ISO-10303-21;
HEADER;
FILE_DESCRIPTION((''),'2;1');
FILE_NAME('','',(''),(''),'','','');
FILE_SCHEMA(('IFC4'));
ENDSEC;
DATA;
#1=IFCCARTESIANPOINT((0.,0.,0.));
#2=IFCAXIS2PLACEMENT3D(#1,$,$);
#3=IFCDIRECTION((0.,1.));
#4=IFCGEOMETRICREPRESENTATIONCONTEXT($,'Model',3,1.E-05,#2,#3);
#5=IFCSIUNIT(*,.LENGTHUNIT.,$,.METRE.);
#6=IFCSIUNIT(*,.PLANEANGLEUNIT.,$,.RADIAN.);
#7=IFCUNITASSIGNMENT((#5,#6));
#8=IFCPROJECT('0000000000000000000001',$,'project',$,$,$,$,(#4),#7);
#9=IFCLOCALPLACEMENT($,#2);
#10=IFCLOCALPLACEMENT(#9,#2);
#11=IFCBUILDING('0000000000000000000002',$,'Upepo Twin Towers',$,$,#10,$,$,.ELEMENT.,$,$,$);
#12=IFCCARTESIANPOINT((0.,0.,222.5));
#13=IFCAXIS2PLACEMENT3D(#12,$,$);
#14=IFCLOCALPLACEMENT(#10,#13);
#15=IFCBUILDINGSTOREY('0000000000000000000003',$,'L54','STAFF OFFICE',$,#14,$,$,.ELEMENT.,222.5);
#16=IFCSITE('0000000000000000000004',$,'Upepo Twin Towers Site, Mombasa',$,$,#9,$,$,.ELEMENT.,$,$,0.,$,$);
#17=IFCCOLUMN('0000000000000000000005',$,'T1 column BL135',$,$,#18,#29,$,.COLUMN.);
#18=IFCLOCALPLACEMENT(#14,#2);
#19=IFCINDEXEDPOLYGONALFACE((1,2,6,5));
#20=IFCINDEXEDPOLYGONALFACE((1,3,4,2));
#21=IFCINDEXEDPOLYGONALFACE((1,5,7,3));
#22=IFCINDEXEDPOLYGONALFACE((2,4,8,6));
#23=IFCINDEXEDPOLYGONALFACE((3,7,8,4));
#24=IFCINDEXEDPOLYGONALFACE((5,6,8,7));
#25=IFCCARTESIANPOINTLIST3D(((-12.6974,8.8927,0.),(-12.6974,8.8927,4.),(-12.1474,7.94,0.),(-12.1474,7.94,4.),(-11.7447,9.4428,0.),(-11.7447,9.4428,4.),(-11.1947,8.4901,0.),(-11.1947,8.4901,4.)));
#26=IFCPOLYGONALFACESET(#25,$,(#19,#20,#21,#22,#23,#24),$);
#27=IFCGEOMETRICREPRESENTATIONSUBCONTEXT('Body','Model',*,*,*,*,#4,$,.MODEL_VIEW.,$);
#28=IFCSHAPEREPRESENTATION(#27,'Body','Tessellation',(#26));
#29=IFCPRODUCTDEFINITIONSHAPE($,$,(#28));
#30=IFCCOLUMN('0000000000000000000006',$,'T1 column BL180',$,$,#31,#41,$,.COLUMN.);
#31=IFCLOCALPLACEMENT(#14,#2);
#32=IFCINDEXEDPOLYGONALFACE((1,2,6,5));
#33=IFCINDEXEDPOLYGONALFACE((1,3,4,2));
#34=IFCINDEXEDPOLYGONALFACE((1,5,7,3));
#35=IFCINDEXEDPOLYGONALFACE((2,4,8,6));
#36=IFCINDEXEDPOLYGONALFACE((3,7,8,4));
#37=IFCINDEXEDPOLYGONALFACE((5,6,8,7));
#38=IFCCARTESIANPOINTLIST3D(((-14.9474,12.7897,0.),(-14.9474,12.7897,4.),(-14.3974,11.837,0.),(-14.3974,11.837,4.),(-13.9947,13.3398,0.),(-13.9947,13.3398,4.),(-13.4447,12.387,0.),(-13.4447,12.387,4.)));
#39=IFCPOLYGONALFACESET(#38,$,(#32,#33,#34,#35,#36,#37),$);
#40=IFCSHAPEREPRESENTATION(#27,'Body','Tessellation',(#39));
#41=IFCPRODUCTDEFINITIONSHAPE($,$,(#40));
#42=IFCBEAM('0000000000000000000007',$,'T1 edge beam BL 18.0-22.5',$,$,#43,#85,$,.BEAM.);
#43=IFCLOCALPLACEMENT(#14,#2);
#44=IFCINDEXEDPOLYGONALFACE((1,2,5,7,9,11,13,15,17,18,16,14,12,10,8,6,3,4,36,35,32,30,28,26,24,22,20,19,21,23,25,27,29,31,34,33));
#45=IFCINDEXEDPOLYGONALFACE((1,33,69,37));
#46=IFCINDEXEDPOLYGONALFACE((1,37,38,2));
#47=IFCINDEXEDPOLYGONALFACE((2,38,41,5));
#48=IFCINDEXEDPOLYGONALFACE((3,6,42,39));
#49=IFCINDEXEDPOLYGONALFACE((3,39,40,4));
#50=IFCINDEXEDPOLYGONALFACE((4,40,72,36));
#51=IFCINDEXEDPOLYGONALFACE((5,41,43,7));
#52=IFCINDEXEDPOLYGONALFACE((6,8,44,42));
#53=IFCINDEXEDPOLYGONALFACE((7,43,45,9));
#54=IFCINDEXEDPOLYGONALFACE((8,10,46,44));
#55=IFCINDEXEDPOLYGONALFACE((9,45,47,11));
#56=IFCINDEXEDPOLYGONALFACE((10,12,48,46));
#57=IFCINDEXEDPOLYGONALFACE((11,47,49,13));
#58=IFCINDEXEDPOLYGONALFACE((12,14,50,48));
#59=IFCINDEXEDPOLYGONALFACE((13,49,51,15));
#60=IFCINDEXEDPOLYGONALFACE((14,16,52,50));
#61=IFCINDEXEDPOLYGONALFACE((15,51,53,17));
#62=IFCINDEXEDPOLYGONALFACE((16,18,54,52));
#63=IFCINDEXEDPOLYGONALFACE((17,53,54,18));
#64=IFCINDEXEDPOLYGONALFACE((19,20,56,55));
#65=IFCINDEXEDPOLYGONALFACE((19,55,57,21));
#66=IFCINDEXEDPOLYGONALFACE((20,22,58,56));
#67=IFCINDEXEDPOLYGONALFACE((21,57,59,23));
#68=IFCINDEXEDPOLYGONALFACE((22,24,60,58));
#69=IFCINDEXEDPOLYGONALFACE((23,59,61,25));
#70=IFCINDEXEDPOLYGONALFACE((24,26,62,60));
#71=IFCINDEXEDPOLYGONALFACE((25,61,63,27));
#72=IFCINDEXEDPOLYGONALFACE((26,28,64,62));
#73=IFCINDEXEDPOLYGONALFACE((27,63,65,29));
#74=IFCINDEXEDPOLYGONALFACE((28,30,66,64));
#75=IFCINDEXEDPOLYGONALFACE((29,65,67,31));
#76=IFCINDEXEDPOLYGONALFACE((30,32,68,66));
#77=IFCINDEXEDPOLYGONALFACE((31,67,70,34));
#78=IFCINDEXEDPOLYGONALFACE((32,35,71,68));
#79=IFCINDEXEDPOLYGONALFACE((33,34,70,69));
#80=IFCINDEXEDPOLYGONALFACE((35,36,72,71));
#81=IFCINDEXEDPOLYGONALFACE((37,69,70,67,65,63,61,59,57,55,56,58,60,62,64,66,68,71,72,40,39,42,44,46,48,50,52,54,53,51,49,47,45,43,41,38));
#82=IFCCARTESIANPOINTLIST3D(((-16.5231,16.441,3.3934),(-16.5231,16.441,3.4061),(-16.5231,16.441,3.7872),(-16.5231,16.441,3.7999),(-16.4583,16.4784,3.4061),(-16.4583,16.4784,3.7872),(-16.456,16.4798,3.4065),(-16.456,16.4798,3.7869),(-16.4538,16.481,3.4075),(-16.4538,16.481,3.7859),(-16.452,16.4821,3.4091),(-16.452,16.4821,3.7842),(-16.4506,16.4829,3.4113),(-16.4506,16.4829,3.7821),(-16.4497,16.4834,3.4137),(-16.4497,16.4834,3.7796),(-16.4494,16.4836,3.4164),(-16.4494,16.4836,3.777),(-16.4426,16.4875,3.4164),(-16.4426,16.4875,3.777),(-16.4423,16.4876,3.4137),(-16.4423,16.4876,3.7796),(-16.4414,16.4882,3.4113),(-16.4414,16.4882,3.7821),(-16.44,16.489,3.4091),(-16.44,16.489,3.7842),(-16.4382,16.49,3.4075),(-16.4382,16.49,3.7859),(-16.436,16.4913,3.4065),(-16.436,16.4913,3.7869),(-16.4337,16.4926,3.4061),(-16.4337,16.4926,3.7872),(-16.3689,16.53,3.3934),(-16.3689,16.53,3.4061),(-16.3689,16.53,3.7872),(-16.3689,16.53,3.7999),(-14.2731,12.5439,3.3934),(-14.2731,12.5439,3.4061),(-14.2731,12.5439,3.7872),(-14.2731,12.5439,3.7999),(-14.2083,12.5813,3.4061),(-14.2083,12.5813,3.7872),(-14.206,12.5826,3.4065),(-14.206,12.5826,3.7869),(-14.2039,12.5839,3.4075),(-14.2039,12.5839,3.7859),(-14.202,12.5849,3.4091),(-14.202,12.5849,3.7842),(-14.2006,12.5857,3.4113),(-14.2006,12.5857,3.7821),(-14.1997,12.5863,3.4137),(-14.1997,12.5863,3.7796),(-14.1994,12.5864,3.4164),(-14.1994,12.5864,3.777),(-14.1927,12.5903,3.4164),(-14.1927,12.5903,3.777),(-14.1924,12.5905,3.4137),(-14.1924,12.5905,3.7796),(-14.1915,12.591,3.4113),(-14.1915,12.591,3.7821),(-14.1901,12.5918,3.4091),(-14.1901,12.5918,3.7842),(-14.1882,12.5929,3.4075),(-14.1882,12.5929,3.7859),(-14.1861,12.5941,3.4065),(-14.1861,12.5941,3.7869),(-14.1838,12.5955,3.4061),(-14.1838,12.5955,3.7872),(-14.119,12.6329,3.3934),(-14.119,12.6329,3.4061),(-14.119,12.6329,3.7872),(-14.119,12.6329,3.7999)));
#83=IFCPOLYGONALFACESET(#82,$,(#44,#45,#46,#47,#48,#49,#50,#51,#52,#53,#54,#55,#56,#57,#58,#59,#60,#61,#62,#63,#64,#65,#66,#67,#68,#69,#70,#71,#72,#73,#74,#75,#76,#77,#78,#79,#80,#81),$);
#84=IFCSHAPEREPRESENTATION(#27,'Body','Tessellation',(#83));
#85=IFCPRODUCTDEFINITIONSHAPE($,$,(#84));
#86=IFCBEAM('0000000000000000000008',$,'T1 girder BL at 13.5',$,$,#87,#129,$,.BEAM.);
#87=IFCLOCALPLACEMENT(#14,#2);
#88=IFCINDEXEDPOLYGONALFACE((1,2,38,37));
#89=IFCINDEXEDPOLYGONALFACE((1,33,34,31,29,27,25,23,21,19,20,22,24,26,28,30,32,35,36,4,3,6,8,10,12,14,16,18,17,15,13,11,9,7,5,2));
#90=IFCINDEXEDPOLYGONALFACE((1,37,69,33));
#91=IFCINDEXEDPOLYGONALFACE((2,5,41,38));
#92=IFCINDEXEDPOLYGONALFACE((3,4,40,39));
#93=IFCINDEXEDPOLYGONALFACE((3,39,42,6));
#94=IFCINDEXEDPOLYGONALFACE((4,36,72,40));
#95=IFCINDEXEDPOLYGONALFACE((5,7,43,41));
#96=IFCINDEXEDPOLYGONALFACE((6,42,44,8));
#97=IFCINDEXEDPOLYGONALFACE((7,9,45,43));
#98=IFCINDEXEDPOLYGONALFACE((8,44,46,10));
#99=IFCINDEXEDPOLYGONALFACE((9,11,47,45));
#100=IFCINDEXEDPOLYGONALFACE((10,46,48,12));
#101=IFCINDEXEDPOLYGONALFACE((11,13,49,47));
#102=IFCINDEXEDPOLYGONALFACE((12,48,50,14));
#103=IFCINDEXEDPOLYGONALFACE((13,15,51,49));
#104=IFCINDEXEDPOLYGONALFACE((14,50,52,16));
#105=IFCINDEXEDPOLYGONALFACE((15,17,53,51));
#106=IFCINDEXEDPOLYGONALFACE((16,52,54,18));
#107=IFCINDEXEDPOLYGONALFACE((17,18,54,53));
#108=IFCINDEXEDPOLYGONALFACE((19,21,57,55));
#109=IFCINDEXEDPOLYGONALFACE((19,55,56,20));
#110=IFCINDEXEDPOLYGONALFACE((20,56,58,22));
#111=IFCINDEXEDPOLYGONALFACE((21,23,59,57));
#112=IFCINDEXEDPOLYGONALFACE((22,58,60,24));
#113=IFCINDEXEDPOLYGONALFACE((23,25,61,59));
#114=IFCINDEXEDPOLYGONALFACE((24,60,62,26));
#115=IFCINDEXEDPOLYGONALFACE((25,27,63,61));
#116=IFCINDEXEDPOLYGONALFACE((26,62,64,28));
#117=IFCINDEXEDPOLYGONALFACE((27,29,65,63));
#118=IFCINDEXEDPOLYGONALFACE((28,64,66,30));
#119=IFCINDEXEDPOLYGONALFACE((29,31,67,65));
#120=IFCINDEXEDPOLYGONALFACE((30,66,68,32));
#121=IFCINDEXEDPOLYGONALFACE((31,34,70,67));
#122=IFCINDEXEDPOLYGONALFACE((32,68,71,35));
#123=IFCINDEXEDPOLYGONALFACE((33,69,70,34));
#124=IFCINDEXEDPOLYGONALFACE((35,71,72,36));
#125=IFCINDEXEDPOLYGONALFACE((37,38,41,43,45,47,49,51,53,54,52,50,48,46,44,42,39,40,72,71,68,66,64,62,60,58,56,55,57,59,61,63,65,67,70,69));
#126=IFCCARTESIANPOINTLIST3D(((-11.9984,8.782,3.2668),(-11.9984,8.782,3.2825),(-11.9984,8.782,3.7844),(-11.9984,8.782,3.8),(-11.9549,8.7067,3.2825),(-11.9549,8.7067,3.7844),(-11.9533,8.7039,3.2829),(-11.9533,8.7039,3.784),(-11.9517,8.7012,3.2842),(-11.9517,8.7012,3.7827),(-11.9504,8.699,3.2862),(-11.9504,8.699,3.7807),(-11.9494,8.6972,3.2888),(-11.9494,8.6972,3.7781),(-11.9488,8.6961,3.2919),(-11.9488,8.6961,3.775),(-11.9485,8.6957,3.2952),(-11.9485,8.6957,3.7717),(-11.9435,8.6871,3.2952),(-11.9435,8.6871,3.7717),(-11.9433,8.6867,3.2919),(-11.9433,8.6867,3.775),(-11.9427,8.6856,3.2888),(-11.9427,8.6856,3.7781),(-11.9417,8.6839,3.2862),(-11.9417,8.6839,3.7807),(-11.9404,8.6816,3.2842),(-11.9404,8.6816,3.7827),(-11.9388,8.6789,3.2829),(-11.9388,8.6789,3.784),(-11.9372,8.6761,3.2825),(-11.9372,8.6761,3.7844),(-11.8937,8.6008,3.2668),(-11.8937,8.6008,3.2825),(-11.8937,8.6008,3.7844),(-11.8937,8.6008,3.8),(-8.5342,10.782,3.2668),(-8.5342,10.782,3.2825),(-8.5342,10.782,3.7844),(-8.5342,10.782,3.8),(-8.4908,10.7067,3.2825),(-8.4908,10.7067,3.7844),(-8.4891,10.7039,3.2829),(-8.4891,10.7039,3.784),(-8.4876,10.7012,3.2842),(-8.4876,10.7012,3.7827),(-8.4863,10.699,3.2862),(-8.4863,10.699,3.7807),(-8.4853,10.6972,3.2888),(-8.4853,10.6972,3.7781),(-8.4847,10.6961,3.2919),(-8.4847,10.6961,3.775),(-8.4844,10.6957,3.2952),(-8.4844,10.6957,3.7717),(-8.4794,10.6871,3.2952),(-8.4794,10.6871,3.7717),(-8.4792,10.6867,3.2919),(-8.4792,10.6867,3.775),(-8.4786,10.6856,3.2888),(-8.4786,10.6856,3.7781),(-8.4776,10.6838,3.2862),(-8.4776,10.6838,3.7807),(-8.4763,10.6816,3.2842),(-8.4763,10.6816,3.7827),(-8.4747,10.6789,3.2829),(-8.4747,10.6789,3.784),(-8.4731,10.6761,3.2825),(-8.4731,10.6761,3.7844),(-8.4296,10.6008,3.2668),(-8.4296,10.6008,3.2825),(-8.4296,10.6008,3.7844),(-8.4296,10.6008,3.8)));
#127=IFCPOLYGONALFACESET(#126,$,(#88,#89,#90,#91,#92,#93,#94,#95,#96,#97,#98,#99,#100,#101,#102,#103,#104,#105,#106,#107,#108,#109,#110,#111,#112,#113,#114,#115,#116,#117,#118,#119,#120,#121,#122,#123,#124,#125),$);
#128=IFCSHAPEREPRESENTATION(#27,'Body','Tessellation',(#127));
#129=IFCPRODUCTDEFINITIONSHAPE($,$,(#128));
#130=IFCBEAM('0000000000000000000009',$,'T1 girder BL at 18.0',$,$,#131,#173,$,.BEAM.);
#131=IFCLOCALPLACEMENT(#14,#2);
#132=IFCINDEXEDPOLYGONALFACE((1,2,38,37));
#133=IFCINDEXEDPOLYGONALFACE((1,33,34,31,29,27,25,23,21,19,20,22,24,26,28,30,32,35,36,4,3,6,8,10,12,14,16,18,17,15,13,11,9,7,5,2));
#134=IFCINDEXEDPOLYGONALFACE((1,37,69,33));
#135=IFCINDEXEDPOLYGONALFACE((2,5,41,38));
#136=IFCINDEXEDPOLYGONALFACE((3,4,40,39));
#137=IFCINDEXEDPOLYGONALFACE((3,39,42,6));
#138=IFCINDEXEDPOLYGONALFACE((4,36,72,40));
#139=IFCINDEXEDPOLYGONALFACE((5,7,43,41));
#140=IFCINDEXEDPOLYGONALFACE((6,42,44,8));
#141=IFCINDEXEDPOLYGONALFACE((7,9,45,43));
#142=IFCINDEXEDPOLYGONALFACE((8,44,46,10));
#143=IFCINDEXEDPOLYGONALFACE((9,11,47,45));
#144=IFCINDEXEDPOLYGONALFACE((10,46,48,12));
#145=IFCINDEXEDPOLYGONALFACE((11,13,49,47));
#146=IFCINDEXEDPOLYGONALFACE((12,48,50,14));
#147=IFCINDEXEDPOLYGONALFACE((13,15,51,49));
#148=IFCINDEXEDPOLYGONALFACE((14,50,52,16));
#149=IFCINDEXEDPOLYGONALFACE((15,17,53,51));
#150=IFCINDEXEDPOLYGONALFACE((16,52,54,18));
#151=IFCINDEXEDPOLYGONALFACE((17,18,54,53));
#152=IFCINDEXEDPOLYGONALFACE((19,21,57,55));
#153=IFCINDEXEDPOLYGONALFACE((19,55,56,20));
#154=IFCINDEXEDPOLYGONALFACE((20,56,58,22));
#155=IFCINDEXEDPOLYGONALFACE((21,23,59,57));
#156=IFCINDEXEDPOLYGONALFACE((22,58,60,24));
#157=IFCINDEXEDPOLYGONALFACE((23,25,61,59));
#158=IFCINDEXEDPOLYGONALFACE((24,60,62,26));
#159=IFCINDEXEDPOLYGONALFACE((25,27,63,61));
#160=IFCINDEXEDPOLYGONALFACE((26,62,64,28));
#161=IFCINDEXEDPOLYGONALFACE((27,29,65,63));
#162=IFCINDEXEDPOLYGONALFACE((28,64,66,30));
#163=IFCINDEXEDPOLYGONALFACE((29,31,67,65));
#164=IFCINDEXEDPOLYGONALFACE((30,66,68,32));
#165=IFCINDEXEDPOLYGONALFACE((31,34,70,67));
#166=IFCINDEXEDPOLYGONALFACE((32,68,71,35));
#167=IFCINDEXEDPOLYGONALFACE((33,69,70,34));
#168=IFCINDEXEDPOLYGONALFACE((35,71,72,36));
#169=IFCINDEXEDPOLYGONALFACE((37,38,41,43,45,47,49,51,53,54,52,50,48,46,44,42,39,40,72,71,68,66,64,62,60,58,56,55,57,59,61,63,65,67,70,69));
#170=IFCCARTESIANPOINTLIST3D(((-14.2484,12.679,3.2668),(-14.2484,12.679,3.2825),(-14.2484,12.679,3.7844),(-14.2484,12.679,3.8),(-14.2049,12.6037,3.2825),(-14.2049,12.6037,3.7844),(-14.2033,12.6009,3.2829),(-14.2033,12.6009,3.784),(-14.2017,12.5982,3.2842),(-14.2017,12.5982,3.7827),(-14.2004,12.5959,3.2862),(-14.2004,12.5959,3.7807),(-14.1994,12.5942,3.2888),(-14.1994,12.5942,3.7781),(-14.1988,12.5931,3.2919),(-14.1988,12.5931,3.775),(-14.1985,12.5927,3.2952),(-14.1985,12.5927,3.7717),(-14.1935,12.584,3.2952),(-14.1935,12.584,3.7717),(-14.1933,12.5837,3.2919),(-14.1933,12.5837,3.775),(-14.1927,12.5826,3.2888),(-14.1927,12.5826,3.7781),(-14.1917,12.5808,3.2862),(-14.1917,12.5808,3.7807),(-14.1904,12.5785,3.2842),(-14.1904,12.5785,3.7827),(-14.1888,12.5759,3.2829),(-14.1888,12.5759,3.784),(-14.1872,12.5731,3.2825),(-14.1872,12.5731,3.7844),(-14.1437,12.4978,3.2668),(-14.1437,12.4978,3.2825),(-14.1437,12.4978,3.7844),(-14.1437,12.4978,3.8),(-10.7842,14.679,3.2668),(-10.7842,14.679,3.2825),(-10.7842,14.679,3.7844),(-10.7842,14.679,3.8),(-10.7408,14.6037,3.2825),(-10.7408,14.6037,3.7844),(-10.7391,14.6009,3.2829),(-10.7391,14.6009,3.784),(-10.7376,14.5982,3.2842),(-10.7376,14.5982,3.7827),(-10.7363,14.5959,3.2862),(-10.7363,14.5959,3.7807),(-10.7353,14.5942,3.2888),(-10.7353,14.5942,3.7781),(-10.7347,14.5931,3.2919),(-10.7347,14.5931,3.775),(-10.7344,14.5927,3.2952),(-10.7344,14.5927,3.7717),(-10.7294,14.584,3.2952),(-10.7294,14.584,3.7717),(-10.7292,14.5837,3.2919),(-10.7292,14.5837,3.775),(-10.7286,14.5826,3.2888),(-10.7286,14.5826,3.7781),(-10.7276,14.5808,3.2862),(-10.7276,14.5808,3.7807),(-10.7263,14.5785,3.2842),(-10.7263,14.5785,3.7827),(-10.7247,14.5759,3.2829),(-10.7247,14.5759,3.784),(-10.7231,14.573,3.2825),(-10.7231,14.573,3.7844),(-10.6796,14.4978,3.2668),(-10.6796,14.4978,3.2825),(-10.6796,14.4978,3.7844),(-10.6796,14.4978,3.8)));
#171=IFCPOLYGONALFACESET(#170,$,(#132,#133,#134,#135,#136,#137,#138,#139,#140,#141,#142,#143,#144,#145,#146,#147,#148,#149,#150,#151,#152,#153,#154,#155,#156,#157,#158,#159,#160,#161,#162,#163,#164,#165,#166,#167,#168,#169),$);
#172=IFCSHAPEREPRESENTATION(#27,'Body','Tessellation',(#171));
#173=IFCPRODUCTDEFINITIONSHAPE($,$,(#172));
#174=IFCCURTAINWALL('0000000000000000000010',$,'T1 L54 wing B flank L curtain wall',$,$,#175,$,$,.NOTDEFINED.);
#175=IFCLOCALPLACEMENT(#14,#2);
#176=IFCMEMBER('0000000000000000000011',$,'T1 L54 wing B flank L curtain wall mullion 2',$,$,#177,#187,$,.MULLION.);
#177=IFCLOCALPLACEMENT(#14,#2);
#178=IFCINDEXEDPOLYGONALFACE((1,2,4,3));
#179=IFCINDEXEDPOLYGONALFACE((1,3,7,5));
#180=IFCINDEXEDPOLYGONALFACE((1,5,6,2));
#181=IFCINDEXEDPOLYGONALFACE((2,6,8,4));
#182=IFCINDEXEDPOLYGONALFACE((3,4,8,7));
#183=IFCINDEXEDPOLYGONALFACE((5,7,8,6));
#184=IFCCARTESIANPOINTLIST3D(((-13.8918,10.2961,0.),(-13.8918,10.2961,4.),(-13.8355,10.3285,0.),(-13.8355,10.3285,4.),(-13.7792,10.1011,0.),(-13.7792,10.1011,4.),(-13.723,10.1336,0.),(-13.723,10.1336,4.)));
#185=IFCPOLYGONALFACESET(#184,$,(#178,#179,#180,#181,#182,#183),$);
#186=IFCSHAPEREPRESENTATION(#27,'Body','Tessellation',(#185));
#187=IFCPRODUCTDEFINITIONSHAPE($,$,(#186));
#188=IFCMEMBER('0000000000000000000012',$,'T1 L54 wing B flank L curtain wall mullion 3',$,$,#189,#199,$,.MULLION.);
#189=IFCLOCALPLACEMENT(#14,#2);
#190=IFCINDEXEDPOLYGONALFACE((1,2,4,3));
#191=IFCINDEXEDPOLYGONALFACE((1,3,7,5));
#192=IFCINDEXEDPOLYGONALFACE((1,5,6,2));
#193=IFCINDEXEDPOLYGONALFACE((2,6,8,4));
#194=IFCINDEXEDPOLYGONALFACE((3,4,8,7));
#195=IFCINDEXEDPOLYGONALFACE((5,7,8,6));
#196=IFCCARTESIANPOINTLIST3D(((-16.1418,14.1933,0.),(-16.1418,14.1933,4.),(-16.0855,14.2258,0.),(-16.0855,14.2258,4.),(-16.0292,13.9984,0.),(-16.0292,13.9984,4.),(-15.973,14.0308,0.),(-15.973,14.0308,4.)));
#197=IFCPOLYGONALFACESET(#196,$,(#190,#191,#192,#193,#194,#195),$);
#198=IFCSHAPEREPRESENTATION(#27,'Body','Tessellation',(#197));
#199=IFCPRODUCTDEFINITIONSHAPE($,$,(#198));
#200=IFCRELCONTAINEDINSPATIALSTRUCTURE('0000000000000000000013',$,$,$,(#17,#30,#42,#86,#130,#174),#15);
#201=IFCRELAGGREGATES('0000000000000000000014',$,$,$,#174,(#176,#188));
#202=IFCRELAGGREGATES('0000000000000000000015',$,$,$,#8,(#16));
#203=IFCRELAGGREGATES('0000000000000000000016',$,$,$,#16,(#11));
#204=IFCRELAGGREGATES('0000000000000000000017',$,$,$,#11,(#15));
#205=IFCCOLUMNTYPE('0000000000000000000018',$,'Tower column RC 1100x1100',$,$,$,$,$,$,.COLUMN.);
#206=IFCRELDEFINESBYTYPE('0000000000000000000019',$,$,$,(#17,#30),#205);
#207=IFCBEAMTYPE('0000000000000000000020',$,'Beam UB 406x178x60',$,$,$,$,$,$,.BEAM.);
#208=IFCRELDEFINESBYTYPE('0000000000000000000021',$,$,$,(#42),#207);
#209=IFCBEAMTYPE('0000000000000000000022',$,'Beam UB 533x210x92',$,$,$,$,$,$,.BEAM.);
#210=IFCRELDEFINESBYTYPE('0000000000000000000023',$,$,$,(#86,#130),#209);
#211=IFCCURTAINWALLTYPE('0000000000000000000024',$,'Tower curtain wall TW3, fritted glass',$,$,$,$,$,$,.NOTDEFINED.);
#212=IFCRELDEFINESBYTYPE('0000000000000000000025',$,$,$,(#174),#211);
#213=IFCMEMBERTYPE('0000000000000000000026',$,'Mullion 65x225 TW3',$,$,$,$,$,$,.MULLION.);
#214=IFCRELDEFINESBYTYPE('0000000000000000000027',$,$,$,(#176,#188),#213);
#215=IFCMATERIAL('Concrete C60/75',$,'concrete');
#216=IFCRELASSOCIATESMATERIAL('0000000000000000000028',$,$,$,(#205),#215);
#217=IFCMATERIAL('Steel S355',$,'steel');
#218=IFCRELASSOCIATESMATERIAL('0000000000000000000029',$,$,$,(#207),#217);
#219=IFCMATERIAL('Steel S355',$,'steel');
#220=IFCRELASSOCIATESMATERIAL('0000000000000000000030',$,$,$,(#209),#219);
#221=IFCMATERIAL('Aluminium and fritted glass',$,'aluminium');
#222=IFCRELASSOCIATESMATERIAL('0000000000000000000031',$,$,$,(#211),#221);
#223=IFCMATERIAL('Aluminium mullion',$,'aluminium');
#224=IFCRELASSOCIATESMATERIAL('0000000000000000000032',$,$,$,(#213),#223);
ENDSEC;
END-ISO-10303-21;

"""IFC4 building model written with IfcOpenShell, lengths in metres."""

from ifc_helpers import new_model, si_unit, direction, frame, origin, origin_2d, place, context, subcontext, project, spatial, rectangle, i_section, extrude, material, material_profile, profile_set, type_object, element, aggregate, save


model = new_model("IFC4")

# Units and contexts
model_context = context("Model", 3, precision=1e-05, world=origin(), true_north=direction((0.0, 1.0)))
body_context = subcontext(model_context, "Body", "Model", "MODEL_VIEW")
ifc_project = project(units=[si_unit("LENGTHUNIT", "METRE"), si_unit("PLANEANGLEUNIT", "RADIAN")], contexts=[model_context])

# Site, building, storey
site_placement = place(None, origin())
site = spatial("IfcSite", under=ifc_project, at=site_placement, Name="Upepo Twin Towers Site, Mombasa", CompositionType="ELEMENT", RefElevation=0.0)
building_placement = place(site_placement, origin())
building = spatial("IfcBuilding", under=site, at=building_placement, Name="Upepo Twin Towers", CompositionType="ELEMENT")
storey_placement = place(building_placement, frame((0.0, 0.0, 222.5)))
storey = spatial("IfcBuildingStorey", under=building, at=storey_placement, Name="L54", Description="STAFF OFFICE", CompositionType="ELEMENT", Elevation=222.5)

# Columns
ifc_material_1 = material(Name="Concrete C60/75", Category="concrete")
ifc_material_profile_1 = material_profile(ifc_material_1, rectangle(XDim=1.1001, YDim=1.1001, at=origin_2d()), Name="RC 1100x1100")
ifc_profile_set_1 = profile_set([ifc_material_profile_1], Name="Concrete C60/75")
column_type = type_object("IfcColumnType", Name="Tower column RC 1100x1100", PredefinedType="COLUMN", material=ifc_profile_set_1)
for number, where, z_axis, x_axis, name in (
    (1, (-11.946, 8.6914, 0.0), (0.0, 0.0, 1.0), (0.866025, 0.5, 0.0), "T1 column BL135"),
    (2, (-14.196, 12.5884, 0.0), (0.0, 0.0, 1.0), (0.866025, 0.5, 0.0), "T1 column BL180"),
):
    element("IfcColumn", number, at=place(storey_placement, frame(where, z_axis=z_axis, x_axis=x_axis)), inside=storey, type_object=column_type, Name=name, PredefinedType="COLUMN", context=body_context, shape_type="SweptSolid", body=[
        extrude(rectangle(XDim=1.1001, YDim=1.1001, at=origin_2d()), origin(), (0.0, 0.0, 1.0), 4.0),
    ])

# Beams
ifc_material_2 = material(Name="Steel S355", Category="steel")
ifc_material_profile_2 = material_profile(ifc_material_2, i_section(OverallWidth=0.178, OverallDepth=0.4065, WebThickness=0.0078, FlangeThickness=0.0127, FilletRadius=0.0103, at=origin_2d()), Name="UB 406x178x60")
ifc_profile_set_2 = profile_set([ifc_material_profile_2], Name="Steel S355")
beam_type_1 = type_object("IfcBeamType", Name="Beam UB 406x178x60", PredefinedType="BEAM", material=ifc_profile_set_2)
beam_placement = place(storey_placement, frame((-14.196, 12.5884, 3.5967), z_axis=(-0.49999, 0.866031, 0.0), x_axis=(-0.866031, -0.49999, 0.0)))
element("IfcBeam", 3, at=beam_placement, inside=storey, type_object=beam_type_1, Name="T1 edge beam BL 18.0-22.5", PredefinedType="BEAM", context=body_context, shape_type="SweptSolid", body=[
    extrude(i_section(OverallWidth=0.178, OverallDepth=0.4065, WebThickness=0.0078, FlangeThickness=0.0127, FilletRadius=0.0103, at=origin_2d()), origin(), (0.0, 0.0, 1.0), 4.5),
])
ifc_material_3 = material(Name="Steel S355", Category="steel")
ifc_material_profile_3 = material_profile(ifc_material_3, i_section(OverallWidth=0.2092, OverallDepth=0.5332, WebThickness=0.01, FlangeThickness=0.0156, FilletRadius=0.0127, at=origin_2d()), Name="UB 533x210x92")
ifc_profile_set_3 = profile_set([ifc_material_profile_3], Name="Steel S355")
beam_type_2 = type_object("IfcBeamType", Name="Beam UB 533x210x92", PredefinedType="BEAM", material=ifc_profile_set_3)
for number, where, z_axis, x_axis, name in (
    (4, (-11.946, 8.6914, 3.5334), (0.866026, 0.499999, 0.0), (-0.499999, 0.866026, 0.0), "T1 girder BL at 13.5"),
    (5, (-14.196, 12.5884, 3.5334), (0.866026, 0.499999, 0.0), (-0.499999, 0.866026, 0.0), "T1 girder BL at 18.0"),
):
    element("IfcBeam", number, at=place(storey_placement, frame(where, z_axis=z_axis, x_axis=x_axis)), inside=storey, type_object=beam_type_2, Name=name, PredefinedType="BEAM", context=body_context, shape_type="SweptSolid", body=[
        extrude(i_section(OverallWidth=0.2092, OverallDepth=0.5332, WebThickness=0.01, FlangeThickness=0.0156, FilletRadius=0.0127, at=origin_2d()), origin(), (0.0, 0.0, 1.0), 4.0),
    ])

# Curtain wall, members
ifc_material_4 = material(Name="Aluminium and fritted glass", Category="aluminium")
curtain_wall_type = type_object("IfcCurtainWallType", Name="Tower curtain wall TW3, fritted glass", PredefinedType="NOTDEFINED", material=ifc_material_4)
curtain_wall_placement = place(storey_placement, origin())
curtain_wall = element("IfcCurtainWall", 6, at=curtain_wall_placement, inside=storey, type_object=curtain_wall_type, Name="T1 L54 wing B flank L curtain wall", PredefinedType="NOTDEFINED")
ifc_material_5 = material(Name="Aluminium mullion", Category="aluminium")
ifc_material_profile_4 = material_profile(ifc_material_5, rectangle(XDim=0.0649, YDim=0.2251, at=origin_2d()), Name="MULLION 65x225")
ifc_profile_set_4 = profile_set([ifc_material_profile_4], Name="Aluminium mullion")
member_type_1 = type_object("IfcMemberType", Name="Mullion 65x225 TW3", PredefinedType="MULLION", material=ifc_profile_set_4)
member_1_placement = place(storey_placement, frame((-13.8074, 10.2148, 0.0), z_axis=(0.0, 0.0, 1.0), x_axis=(-0.866025, -0.5, 0.0)))
member_1 = element("IfcMember", 7, at=member_1_placement, type_object=member_type_1, Name="T1 L54 wing B flank L curtain wall mullion 2", PredefinedType="MULLION", context=body_context, shape_type="SweptSolid", body=[
    extrude(rectangle(XDim=0.0649, YDim=0.2251, at=origin_2d()), origin(), (0.0, 0.0, 1.0), 4.0),
])
member_2_placement = place(storey_placement, frame((-16.0574, 14.1121, 0.0), z_axis=(0.0, 0.0, 1.0), x_axis=(-0.866025, -0.5, 0.0)))
member_2 = element("IfcMember", 8, at=member_2_placement, type_object=member_type_1, Name="T1 L54 wing B flank L curtain wall mullion 3", PredefinedType="MULLION", context=body_context, shape_type="SweptSolid", body=[
    extrude(rectangle(XDim=0.0649, YDim=0.2251, at=origin_2d()), origin(), (0.0, 0.0, 1.0), 4.0),
])
aggregate(curtain_wall, [member_1, member_2])

save(model, "model.ifc")
